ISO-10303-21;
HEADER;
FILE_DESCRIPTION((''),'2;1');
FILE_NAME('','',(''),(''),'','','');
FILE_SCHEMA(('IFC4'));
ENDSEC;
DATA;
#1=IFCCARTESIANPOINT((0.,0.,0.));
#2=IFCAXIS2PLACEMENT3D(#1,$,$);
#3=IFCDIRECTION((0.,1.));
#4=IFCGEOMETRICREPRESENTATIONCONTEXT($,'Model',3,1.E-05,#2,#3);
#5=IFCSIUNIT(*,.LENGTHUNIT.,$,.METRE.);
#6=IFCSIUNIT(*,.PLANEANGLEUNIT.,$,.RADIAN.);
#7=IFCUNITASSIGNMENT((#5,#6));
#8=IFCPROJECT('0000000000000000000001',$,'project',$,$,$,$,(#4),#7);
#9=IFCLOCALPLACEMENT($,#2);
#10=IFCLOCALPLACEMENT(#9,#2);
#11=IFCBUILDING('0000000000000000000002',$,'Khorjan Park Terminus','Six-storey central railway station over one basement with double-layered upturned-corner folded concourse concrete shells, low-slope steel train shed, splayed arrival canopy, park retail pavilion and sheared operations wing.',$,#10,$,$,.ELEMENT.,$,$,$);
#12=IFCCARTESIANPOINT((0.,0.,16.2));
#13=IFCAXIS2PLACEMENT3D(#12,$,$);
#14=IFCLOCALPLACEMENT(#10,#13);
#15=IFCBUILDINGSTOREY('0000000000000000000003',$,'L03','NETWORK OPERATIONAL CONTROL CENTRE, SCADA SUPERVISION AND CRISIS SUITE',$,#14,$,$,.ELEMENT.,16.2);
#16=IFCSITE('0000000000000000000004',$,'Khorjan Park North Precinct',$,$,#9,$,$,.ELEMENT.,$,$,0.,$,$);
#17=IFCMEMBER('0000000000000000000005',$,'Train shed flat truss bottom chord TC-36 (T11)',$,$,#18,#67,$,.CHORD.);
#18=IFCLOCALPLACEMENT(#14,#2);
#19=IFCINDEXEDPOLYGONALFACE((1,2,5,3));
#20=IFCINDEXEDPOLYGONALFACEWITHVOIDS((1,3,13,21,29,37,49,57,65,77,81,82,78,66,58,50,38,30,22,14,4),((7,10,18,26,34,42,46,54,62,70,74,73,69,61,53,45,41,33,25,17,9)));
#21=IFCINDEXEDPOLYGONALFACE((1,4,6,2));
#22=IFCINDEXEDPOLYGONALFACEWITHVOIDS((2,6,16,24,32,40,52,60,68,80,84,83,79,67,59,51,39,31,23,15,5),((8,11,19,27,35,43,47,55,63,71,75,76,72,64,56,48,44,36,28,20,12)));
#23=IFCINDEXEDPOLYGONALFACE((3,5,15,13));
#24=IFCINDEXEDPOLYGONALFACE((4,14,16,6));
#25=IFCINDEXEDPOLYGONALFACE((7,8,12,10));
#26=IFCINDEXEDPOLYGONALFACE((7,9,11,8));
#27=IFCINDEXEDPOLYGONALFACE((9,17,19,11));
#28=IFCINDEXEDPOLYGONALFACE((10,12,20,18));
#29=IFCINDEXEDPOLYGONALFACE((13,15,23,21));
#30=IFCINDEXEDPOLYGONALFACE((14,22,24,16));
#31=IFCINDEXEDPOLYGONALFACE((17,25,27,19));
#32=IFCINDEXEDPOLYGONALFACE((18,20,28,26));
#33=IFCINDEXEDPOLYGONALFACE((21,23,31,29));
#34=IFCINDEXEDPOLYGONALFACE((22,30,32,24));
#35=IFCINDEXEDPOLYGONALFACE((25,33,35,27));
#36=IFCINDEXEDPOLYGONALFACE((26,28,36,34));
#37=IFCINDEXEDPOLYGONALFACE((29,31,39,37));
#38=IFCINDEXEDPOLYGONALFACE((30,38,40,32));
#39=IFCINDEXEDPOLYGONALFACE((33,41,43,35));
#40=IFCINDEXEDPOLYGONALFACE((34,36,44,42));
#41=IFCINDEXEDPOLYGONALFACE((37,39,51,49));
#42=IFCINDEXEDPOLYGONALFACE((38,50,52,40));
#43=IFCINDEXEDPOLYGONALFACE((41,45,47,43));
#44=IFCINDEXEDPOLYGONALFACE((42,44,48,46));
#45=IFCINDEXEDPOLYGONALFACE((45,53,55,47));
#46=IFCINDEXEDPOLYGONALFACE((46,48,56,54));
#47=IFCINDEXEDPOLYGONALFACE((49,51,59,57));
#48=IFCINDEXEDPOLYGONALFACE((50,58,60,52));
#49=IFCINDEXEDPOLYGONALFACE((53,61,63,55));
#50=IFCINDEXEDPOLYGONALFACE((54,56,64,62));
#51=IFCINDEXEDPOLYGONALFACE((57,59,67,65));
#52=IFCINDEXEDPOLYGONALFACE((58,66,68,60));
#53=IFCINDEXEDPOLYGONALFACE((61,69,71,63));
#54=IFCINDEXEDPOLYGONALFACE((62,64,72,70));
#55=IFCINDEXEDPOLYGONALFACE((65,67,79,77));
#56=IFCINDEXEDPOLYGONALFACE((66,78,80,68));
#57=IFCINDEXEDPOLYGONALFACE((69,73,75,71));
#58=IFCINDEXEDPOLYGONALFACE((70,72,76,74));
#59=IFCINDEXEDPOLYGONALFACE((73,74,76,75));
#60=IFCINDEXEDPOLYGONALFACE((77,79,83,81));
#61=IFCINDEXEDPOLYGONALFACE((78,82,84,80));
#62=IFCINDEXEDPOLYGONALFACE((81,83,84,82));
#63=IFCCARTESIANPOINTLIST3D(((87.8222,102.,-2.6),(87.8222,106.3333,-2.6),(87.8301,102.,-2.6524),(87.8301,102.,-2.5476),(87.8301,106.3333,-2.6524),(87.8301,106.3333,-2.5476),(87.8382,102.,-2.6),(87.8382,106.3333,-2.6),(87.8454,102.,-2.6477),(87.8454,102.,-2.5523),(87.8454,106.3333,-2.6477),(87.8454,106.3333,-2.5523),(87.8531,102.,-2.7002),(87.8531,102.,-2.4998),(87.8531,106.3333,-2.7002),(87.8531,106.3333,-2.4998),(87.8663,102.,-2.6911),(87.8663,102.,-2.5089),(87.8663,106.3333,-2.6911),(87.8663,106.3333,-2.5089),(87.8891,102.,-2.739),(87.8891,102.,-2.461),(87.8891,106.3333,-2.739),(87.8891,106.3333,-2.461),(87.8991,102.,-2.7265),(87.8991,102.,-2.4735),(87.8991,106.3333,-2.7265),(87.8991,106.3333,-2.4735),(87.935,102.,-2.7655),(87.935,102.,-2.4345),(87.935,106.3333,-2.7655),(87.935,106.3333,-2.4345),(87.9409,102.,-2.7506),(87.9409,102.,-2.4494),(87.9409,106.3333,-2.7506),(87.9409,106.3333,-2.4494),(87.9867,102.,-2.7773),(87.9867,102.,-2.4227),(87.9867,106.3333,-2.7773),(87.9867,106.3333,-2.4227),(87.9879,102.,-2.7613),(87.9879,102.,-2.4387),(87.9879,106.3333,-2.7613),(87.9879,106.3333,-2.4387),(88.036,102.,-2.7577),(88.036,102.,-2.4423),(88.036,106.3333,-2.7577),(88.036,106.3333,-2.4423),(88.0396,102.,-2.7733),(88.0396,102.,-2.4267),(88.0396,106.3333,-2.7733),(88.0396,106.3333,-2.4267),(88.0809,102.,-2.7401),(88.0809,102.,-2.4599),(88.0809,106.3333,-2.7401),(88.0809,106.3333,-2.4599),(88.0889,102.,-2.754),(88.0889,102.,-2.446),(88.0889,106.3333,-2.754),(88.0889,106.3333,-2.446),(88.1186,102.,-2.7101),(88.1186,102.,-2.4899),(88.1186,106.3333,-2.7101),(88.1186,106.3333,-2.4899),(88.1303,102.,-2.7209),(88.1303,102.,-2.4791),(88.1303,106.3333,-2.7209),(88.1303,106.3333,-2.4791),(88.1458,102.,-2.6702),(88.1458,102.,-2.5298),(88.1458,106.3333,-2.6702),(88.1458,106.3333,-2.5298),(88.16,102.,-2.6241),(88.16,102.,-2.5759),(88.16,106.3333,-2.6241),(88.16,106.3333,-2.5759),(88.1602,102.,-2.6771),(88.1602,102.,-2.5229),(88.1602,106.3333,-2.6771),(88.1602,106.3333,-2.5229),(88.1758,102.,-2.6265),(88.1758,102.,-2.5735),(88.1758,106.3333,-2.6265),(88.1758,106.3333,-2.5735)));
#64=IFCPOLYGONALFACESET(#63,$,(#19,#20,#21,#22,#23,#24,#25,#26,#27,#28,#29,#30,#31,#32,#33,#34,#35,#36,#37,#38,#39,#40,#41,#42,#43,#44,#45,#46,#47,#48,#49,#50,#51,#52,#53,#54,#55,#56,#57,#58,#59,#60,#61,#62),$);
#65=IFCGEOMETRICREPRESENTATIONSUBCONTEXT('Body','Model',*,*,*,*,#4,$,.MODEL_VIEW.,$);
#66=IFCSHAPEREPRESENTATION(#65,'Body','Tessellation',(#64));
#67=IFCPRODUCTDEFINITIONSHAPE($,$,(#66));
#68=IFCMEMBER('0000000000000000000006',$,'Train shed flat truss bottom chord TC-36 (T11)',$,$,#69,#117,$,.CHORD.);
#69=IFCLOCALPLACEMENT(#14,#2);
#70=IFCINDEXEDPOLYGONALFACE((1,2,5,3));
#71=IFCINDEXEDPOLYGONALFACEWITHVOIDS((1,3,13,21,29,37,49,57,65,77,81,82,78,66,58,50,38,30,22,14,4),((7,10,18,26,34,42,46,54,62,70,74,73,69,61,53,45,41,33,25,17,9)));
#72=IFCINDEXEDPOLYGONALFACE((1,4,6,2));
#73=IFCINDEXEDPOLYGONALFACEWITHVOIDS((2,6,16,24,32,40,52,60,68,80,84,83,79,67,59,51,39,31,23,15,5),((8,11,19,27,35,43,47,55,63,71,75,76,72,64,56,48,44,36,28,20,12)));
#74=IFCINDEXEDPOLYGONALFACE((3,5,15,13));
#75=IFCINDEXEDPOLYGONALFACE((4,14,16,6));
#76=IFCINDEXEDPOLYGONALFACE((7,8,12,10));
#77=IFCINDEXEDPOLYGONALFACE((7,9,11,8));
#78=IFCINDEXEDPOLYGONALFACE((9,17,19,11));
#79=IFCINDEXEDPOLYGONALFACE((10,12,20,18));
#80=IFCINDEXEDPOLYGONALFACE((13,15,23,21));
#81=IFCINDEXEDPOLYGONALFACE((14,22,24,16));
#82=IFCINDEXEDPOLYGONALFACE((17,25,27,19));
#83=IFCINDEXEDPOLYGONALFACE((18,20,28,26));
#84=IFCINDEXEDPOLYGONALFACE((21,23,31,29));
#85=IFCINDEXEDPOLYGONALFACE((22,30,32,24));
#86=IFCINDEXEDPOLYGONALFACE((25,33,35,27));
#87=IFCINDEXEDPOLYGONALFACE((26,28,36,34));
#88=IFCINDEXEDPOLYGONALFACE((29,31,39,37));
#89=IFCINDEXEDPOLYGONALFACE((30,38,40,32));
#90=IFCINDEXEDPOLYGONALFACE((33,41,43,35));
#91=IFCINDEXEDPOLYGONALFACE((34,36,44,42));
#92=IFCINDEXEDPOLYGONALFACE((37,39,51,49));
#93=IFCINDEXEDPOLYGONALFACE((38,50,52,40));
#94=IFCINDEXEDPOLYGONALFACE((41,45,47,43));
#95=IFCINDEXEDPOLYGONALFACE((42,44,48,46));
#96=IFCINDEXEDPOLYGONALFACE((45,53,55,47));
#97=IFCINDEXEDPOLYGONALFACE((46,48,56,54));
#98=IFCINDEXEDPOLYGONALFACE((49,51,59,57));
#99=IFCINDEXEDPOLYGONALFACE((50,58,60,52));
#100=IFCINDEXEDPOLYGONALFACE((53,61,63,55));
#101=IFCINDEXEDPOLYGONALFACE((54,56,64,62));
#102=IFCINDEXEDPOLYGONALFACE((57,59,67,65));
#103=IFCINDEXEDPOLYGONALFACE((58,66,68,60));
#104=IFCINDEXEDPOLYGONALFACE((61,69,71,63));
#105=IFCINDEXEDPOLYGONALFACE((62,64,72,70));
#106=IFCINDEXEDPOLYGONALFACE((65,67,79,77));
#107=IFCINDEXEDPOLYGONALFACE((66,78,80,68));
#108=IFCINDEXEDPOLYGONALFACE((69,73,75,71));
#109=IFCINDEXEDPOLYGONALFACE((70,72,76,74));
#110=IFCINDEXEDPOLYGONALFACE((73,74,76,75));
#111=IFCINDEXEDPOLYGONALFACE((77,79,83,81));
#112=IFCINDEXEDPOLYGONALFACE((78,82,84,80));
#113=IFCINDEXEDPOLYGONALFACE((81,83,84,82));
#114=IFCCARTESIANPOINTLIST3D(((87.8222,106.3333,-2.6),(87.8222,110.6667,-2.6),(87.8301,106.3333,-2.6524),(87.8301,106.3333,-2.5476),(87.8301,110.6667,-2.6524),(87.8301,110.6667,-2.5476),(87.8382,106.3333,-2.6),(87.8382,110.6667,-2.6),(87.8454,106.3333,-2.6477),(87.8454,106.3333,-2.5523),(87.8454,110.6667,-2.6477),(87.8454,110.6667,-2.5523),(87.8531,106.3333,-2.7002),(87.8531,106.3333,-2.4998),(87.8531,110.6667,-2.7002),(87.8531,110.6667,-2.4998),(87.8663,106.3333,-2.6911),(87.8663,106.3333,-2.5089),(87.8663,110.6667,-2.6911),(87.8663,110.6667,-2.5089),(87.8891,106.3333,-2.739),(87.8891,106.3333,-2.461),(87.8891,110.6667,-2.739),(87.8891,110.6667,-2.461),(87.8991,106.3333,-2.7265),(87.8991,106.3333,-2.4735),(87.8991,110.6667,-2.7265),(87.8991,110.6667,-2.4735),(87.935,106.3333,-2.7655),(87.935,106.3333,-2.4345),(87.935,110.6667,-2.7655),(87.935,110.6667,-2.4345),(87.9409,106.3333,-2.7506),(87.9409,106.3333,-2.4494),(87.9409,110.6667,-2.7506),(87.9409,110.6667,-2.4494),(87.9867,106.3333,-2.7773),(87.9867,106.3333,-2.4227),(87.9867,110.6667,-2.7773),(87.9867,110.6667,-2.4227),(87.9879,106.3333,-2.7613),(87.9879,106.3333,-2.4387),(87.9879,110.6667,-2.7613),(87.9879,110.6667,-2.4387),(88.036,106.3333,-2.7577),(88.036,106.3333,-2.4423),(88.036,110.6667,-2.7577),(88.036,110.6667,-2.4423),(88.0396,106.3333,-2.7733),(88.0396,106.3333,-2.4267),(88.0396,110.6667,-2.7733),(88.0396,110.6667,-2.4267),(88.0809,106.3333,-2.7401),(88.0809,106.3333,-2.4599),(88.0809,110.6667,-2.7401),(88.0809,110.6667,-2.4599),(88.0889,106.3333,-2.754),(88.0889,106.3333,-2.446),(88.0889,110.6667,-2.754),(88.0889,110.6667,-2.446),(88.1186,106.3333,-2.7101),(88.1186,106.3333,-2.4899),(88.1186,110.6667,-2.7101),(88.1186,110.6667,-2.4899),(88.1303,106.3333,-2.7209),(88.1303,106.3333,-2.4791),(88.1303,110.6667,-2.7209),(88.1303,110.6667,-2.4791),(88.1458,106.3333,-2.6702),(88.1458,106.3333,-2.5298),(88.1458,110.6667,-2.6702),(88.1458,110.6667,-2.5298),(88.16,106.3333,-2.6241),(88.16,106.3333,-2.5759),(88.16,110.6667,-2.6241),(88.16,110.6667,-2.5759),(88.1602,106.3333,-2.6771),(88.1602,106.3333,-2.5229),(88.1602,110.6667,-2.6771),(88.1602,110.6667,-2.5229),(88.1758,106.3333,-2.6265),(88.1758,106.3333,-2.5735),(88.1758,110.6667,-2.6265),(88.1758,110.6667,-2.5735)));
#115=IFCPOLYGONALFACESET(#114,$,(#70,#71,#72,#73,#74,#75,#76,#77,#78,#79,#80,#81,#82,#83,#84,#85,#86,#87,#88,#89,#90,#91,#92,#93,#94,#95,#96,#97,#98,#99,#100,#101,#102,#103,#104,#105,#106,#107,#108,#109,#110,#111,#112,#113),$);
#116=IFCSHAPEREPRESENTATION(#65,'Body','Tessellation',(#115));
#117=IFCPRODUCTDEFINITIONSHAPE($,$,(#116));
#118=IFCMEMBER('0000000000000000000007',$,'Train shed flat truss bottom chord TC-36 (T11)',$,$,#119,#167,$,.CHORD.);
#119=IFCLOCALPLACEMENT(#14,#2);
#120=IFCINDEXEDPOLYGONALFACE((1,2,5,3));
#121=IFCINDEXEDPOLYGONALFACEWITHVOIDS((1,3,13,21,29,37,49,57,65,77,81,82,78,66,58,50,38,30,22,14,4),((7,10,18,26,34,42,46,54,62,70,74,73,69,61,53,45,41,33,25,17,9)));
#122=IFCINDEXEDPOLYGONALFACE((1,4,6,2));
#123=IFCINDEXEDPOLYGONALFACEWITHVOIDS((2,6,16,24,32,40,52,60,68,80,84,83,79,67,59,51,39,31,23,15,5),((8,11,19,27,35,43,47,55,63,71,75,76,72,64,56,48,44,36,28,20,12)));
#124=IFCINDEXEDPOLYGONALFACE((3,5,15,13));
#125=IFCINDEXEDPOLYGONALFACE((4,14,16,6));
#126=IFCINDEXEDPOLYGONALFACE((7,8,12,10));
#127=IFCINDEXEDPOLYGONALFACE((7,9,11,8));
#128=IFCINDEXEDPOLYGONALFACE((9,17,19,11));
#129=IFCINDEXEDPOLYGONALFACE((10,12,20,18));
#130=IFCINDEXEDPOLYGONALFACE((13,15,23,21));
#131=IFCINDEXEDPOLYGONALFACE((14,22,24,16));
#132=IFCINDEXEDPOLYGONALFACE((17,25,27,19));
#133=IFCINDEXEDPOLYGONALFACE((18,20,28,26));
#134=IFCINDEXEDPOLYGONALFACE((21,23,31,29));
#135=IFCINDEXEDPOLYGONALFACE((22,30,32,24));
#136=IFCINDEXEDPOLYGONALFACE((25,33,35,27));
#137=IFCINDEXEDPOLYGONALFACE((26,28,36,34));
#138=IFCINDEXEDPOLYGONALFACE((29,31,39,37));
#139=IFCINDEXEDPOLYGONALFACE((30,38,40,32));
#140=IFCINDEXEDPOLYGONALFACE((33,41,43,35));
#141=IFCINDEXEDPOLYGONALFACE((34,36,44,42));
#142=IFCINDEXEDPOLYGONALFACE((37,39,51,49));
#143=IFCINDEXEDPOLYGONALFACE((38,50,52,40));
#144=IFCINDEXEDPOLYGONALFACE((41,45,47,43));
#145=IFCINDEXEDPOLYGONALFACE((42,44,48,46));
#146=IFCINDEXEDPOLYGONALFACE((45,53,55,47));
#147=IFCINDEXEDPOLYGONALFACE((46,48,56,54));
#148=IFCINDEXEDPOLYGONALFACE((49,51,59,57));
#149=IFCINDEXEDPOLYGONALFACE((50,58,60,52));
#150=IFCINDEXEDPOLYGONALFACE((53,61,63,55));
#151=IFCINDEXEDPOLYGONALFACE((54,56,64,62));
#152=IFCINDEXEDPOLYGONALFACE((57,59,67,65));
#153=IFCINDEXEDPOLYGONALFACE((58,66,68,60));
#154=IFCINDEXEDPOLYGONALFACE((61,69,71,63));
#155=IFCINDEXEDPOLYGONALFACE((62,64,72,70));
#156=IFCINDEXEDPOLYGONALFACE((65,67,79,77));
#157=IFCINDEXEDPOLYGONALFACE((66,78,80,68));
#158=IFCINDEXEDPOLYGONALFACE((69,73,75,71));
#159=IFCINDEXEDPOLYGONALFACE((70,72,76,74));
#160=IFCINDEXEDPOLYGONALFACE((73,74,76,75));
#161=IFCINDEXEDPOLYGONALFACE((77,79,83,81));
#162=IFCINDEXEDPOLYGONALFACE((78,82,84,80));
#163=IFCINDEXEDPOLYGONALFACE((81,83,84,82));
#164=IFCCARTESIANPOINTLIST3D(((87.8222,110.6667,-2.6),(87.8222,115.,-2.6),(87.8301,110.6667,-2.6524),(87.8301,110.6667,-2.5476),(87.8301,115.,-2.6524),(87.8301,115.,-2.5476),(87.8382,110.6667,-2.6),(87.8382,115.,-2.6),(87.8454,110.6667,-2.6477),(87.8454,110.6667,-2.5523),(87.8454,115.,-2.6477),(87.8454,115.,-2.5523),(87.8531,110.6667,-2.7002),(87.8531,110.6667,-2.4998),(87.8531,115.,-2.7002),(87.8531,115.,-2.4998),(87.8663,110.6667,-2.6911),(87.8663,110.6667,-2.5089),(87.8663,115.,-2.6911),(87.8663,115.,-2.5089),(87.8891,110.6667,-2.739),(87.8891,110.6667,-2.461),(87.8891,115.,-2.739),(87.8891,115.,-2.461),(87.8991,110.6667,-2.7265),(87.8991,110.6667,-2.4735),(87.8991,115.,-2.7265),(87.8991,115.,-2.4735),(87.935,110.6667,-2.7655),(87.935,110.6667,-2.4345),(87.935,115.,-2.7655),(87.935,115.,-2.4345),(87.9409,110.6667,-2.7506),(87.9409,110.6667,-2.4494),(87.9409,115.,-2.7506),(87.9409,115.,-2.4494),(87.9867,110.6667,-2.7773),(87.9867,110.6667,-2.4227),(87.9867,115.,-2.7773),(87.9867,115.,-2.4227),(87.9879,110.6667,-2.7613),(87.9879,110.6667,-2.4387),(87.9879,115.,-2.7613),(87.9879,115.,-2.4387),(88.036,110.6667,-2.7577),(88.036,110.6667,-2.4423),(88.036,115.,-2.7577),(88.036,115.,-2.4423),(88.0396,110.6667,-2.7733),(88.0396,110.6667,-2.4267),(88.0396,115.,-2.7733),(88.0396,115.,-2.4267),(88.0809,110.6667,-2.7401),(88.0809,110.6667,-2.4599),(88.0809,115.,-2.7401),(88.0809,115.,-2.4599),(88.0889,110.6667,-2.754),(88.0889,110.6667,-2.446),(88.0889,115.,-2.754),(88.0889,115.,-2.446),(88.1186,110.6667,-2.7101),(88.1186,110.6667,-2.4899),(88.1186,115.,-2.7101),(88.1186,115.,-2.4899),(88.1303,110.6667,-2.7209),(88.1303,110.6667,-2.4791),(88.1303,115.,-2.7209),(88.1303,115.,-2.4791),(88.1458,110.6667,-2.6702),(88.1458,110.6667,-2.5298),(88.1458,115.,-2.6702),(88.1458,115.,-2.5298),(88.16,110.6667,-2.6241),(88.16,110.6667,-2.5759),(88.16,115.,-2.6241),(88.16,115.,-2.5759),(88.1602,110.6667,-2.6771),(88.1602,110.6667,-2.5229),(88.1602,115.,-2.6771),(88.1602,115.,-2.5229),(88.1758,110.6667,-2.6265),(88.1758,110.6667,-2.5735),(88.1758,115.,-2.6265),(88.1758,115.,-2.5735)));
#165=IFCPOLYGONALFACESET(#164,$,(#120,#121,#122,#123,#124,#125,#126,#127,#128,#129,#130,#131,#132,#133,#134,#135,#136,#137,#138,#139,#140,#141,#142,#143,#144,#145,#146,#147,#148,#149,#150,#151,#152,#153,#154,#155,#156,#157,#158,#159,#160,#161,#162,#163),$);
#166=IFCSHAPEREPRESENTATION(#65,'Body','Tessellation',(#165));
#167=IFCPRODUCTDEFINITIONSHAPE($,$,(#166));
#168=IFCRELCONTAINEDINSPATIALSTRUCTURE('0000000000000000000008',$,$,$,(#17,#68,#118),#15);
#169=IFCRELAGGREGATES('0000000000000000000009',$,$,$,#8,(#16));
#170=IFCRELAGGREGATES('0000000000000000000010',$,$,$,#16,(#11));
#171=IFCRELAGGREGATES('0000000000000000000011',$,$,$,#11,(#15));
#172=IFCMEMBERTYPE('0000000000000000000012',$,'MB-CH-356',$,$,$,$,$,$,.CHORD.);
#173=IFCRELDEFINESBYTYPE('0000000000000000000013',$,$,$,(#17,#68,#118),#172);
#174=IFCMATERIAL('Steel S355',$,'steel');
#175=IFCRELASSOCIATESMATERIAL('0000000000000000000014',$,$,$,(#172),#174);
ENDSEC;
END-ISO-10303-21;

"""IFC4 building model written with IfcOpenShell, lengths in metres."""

from ifc_helpers import new_model, si_unit, direction, frame, origin, origin_2d, place, context, subcontext, project, spatial, hollow_circle, extrude, material, material_profile, profile_set, type_object, element, save


model = new_model("IFC4")

# Units and contexts
model_context = context("Model", 3, precision=1e-05, world=origin(), true_north=direction((0.0, 1.0)))
body_context = subcontext(model_context, "Body", "Model", "MODEL_VIEW")
ifc_project = project(units=[si_unit("LENGTHUNIT", "METRE"), si_unit("PLANEANGLEUNIT", "RADIAN")], contexts=[model_context])

# Site, building, storey
site_placement = place(None, origin())
site = spatial("IfcSite", under=ifc_project, at=site_placement, Name="Khorjan Park North Precinct", CompositionType="ELEMENT", RefElevation=0.0)
building_placement = place(site_placement, origin())
building = spatial("IfcBuilding", under=site, at=building_placement, Name="Khorjan Park Terminus", Description="Six-storey central railway station over one basement with double-layered upturned-corner folded concourse concrete shells, low-slope steel train shed, splayed arrival canopy, park retail pavilion and sheared operations wing.", CompositionType="ELEMENT")
storey_placement = place(building_placement, frame((0.0, 0.0, 16.2)))
storey = spatial("IfcBuildingStorey", under=building, at=storey_placement, Name="L03", Description="NETWORK OPERATIONAL CONTROL CENTRE, SCADA SUPERVISION AND CRISIS SUITE", CompositionType="ELEMENT", Elevation=16.2)

# Members
ifc_material_1 = material(Name="Steel S355", Category="steel")
ifc_material_profile_1 = material_profile(ifc_material_1, hollow_circle(Radius=0.1778, WallThickness=0.016, at=origin_2d()), Name="CHS 355.6x16")
ifc_profile_set_1 = profile_set([ifc_material_profile_1], Name="Steel S355")
member_type_1 = type_object("IfcMemberType", Name="MB-CH-356", PredefinedType="CHORD", material=ifc_profile_set_1)
member_1_placement = place(storey_placement, frame((88.0, 102.0, -2.6), z_axis=(0.0, 1.0, 0.0), x_axis=(-1.0, 0.0, 0.0)))
element("IfcMember", 1, at=member_1_placement, inside=storey, type_object=member_type_1, Name="Train shed flat truss bottom chord TC-36 (T11)", PredefinedType="CHORD", context=body_context, shape_type="SweptSolid", body=[
    extrude(hollow_circle(Radius=0.1778, WallThickness=0.016, at=origin_2d()), origin(), (0.0, 0.0, 1.0), 4.3333),
])
member_2_placement = place(storey_placement, frame((88.0, 106.3333, -2.6), z_axis=(0.0, 1.0, 0.0), x_axis=(-1.0, 0.0, 0.0)))
element("IfcMember", 2, at=member_2_placement, inside=storey, type_object=member_type_1, Name="Train shed flat truss bottom chord TC-36 (T11)", PredefinedType="CHORD", context=body_context, shape_type="SweptSolid", body=[
    extrude(hollow_circle(Radius=0.1778, WallThickness=0.016, at=origin_2d()), origin(), (0.0, 0.0, 1.0), 4.3334),
])
for number, where, z_axis, x_axis, name in (
    (3, (88.0, 110.6667, -2.6), (0.0, 1.0, 0.0), (-1.0, 0.0, 0.0), "Train shed flat truss bottom chord TC-36 (T11)"),
):
    element("IfcMember", number, at=place(storey_placement, frame(where, z_axis=z_axis, x_axis=x_axis)), inside=storey, type_object=member_type_1, Name=name, PredefinedType="CHORD", context=body_context, shape_type="SweptSolid", body=[
        extrude(hollow_circle(Radius=0.1778, WallThickness=0.016, at=origin_2d()), origin(), (0.0, 0.0, 1.0), 4.3333),
    ])

save(model, "model.ifc")
